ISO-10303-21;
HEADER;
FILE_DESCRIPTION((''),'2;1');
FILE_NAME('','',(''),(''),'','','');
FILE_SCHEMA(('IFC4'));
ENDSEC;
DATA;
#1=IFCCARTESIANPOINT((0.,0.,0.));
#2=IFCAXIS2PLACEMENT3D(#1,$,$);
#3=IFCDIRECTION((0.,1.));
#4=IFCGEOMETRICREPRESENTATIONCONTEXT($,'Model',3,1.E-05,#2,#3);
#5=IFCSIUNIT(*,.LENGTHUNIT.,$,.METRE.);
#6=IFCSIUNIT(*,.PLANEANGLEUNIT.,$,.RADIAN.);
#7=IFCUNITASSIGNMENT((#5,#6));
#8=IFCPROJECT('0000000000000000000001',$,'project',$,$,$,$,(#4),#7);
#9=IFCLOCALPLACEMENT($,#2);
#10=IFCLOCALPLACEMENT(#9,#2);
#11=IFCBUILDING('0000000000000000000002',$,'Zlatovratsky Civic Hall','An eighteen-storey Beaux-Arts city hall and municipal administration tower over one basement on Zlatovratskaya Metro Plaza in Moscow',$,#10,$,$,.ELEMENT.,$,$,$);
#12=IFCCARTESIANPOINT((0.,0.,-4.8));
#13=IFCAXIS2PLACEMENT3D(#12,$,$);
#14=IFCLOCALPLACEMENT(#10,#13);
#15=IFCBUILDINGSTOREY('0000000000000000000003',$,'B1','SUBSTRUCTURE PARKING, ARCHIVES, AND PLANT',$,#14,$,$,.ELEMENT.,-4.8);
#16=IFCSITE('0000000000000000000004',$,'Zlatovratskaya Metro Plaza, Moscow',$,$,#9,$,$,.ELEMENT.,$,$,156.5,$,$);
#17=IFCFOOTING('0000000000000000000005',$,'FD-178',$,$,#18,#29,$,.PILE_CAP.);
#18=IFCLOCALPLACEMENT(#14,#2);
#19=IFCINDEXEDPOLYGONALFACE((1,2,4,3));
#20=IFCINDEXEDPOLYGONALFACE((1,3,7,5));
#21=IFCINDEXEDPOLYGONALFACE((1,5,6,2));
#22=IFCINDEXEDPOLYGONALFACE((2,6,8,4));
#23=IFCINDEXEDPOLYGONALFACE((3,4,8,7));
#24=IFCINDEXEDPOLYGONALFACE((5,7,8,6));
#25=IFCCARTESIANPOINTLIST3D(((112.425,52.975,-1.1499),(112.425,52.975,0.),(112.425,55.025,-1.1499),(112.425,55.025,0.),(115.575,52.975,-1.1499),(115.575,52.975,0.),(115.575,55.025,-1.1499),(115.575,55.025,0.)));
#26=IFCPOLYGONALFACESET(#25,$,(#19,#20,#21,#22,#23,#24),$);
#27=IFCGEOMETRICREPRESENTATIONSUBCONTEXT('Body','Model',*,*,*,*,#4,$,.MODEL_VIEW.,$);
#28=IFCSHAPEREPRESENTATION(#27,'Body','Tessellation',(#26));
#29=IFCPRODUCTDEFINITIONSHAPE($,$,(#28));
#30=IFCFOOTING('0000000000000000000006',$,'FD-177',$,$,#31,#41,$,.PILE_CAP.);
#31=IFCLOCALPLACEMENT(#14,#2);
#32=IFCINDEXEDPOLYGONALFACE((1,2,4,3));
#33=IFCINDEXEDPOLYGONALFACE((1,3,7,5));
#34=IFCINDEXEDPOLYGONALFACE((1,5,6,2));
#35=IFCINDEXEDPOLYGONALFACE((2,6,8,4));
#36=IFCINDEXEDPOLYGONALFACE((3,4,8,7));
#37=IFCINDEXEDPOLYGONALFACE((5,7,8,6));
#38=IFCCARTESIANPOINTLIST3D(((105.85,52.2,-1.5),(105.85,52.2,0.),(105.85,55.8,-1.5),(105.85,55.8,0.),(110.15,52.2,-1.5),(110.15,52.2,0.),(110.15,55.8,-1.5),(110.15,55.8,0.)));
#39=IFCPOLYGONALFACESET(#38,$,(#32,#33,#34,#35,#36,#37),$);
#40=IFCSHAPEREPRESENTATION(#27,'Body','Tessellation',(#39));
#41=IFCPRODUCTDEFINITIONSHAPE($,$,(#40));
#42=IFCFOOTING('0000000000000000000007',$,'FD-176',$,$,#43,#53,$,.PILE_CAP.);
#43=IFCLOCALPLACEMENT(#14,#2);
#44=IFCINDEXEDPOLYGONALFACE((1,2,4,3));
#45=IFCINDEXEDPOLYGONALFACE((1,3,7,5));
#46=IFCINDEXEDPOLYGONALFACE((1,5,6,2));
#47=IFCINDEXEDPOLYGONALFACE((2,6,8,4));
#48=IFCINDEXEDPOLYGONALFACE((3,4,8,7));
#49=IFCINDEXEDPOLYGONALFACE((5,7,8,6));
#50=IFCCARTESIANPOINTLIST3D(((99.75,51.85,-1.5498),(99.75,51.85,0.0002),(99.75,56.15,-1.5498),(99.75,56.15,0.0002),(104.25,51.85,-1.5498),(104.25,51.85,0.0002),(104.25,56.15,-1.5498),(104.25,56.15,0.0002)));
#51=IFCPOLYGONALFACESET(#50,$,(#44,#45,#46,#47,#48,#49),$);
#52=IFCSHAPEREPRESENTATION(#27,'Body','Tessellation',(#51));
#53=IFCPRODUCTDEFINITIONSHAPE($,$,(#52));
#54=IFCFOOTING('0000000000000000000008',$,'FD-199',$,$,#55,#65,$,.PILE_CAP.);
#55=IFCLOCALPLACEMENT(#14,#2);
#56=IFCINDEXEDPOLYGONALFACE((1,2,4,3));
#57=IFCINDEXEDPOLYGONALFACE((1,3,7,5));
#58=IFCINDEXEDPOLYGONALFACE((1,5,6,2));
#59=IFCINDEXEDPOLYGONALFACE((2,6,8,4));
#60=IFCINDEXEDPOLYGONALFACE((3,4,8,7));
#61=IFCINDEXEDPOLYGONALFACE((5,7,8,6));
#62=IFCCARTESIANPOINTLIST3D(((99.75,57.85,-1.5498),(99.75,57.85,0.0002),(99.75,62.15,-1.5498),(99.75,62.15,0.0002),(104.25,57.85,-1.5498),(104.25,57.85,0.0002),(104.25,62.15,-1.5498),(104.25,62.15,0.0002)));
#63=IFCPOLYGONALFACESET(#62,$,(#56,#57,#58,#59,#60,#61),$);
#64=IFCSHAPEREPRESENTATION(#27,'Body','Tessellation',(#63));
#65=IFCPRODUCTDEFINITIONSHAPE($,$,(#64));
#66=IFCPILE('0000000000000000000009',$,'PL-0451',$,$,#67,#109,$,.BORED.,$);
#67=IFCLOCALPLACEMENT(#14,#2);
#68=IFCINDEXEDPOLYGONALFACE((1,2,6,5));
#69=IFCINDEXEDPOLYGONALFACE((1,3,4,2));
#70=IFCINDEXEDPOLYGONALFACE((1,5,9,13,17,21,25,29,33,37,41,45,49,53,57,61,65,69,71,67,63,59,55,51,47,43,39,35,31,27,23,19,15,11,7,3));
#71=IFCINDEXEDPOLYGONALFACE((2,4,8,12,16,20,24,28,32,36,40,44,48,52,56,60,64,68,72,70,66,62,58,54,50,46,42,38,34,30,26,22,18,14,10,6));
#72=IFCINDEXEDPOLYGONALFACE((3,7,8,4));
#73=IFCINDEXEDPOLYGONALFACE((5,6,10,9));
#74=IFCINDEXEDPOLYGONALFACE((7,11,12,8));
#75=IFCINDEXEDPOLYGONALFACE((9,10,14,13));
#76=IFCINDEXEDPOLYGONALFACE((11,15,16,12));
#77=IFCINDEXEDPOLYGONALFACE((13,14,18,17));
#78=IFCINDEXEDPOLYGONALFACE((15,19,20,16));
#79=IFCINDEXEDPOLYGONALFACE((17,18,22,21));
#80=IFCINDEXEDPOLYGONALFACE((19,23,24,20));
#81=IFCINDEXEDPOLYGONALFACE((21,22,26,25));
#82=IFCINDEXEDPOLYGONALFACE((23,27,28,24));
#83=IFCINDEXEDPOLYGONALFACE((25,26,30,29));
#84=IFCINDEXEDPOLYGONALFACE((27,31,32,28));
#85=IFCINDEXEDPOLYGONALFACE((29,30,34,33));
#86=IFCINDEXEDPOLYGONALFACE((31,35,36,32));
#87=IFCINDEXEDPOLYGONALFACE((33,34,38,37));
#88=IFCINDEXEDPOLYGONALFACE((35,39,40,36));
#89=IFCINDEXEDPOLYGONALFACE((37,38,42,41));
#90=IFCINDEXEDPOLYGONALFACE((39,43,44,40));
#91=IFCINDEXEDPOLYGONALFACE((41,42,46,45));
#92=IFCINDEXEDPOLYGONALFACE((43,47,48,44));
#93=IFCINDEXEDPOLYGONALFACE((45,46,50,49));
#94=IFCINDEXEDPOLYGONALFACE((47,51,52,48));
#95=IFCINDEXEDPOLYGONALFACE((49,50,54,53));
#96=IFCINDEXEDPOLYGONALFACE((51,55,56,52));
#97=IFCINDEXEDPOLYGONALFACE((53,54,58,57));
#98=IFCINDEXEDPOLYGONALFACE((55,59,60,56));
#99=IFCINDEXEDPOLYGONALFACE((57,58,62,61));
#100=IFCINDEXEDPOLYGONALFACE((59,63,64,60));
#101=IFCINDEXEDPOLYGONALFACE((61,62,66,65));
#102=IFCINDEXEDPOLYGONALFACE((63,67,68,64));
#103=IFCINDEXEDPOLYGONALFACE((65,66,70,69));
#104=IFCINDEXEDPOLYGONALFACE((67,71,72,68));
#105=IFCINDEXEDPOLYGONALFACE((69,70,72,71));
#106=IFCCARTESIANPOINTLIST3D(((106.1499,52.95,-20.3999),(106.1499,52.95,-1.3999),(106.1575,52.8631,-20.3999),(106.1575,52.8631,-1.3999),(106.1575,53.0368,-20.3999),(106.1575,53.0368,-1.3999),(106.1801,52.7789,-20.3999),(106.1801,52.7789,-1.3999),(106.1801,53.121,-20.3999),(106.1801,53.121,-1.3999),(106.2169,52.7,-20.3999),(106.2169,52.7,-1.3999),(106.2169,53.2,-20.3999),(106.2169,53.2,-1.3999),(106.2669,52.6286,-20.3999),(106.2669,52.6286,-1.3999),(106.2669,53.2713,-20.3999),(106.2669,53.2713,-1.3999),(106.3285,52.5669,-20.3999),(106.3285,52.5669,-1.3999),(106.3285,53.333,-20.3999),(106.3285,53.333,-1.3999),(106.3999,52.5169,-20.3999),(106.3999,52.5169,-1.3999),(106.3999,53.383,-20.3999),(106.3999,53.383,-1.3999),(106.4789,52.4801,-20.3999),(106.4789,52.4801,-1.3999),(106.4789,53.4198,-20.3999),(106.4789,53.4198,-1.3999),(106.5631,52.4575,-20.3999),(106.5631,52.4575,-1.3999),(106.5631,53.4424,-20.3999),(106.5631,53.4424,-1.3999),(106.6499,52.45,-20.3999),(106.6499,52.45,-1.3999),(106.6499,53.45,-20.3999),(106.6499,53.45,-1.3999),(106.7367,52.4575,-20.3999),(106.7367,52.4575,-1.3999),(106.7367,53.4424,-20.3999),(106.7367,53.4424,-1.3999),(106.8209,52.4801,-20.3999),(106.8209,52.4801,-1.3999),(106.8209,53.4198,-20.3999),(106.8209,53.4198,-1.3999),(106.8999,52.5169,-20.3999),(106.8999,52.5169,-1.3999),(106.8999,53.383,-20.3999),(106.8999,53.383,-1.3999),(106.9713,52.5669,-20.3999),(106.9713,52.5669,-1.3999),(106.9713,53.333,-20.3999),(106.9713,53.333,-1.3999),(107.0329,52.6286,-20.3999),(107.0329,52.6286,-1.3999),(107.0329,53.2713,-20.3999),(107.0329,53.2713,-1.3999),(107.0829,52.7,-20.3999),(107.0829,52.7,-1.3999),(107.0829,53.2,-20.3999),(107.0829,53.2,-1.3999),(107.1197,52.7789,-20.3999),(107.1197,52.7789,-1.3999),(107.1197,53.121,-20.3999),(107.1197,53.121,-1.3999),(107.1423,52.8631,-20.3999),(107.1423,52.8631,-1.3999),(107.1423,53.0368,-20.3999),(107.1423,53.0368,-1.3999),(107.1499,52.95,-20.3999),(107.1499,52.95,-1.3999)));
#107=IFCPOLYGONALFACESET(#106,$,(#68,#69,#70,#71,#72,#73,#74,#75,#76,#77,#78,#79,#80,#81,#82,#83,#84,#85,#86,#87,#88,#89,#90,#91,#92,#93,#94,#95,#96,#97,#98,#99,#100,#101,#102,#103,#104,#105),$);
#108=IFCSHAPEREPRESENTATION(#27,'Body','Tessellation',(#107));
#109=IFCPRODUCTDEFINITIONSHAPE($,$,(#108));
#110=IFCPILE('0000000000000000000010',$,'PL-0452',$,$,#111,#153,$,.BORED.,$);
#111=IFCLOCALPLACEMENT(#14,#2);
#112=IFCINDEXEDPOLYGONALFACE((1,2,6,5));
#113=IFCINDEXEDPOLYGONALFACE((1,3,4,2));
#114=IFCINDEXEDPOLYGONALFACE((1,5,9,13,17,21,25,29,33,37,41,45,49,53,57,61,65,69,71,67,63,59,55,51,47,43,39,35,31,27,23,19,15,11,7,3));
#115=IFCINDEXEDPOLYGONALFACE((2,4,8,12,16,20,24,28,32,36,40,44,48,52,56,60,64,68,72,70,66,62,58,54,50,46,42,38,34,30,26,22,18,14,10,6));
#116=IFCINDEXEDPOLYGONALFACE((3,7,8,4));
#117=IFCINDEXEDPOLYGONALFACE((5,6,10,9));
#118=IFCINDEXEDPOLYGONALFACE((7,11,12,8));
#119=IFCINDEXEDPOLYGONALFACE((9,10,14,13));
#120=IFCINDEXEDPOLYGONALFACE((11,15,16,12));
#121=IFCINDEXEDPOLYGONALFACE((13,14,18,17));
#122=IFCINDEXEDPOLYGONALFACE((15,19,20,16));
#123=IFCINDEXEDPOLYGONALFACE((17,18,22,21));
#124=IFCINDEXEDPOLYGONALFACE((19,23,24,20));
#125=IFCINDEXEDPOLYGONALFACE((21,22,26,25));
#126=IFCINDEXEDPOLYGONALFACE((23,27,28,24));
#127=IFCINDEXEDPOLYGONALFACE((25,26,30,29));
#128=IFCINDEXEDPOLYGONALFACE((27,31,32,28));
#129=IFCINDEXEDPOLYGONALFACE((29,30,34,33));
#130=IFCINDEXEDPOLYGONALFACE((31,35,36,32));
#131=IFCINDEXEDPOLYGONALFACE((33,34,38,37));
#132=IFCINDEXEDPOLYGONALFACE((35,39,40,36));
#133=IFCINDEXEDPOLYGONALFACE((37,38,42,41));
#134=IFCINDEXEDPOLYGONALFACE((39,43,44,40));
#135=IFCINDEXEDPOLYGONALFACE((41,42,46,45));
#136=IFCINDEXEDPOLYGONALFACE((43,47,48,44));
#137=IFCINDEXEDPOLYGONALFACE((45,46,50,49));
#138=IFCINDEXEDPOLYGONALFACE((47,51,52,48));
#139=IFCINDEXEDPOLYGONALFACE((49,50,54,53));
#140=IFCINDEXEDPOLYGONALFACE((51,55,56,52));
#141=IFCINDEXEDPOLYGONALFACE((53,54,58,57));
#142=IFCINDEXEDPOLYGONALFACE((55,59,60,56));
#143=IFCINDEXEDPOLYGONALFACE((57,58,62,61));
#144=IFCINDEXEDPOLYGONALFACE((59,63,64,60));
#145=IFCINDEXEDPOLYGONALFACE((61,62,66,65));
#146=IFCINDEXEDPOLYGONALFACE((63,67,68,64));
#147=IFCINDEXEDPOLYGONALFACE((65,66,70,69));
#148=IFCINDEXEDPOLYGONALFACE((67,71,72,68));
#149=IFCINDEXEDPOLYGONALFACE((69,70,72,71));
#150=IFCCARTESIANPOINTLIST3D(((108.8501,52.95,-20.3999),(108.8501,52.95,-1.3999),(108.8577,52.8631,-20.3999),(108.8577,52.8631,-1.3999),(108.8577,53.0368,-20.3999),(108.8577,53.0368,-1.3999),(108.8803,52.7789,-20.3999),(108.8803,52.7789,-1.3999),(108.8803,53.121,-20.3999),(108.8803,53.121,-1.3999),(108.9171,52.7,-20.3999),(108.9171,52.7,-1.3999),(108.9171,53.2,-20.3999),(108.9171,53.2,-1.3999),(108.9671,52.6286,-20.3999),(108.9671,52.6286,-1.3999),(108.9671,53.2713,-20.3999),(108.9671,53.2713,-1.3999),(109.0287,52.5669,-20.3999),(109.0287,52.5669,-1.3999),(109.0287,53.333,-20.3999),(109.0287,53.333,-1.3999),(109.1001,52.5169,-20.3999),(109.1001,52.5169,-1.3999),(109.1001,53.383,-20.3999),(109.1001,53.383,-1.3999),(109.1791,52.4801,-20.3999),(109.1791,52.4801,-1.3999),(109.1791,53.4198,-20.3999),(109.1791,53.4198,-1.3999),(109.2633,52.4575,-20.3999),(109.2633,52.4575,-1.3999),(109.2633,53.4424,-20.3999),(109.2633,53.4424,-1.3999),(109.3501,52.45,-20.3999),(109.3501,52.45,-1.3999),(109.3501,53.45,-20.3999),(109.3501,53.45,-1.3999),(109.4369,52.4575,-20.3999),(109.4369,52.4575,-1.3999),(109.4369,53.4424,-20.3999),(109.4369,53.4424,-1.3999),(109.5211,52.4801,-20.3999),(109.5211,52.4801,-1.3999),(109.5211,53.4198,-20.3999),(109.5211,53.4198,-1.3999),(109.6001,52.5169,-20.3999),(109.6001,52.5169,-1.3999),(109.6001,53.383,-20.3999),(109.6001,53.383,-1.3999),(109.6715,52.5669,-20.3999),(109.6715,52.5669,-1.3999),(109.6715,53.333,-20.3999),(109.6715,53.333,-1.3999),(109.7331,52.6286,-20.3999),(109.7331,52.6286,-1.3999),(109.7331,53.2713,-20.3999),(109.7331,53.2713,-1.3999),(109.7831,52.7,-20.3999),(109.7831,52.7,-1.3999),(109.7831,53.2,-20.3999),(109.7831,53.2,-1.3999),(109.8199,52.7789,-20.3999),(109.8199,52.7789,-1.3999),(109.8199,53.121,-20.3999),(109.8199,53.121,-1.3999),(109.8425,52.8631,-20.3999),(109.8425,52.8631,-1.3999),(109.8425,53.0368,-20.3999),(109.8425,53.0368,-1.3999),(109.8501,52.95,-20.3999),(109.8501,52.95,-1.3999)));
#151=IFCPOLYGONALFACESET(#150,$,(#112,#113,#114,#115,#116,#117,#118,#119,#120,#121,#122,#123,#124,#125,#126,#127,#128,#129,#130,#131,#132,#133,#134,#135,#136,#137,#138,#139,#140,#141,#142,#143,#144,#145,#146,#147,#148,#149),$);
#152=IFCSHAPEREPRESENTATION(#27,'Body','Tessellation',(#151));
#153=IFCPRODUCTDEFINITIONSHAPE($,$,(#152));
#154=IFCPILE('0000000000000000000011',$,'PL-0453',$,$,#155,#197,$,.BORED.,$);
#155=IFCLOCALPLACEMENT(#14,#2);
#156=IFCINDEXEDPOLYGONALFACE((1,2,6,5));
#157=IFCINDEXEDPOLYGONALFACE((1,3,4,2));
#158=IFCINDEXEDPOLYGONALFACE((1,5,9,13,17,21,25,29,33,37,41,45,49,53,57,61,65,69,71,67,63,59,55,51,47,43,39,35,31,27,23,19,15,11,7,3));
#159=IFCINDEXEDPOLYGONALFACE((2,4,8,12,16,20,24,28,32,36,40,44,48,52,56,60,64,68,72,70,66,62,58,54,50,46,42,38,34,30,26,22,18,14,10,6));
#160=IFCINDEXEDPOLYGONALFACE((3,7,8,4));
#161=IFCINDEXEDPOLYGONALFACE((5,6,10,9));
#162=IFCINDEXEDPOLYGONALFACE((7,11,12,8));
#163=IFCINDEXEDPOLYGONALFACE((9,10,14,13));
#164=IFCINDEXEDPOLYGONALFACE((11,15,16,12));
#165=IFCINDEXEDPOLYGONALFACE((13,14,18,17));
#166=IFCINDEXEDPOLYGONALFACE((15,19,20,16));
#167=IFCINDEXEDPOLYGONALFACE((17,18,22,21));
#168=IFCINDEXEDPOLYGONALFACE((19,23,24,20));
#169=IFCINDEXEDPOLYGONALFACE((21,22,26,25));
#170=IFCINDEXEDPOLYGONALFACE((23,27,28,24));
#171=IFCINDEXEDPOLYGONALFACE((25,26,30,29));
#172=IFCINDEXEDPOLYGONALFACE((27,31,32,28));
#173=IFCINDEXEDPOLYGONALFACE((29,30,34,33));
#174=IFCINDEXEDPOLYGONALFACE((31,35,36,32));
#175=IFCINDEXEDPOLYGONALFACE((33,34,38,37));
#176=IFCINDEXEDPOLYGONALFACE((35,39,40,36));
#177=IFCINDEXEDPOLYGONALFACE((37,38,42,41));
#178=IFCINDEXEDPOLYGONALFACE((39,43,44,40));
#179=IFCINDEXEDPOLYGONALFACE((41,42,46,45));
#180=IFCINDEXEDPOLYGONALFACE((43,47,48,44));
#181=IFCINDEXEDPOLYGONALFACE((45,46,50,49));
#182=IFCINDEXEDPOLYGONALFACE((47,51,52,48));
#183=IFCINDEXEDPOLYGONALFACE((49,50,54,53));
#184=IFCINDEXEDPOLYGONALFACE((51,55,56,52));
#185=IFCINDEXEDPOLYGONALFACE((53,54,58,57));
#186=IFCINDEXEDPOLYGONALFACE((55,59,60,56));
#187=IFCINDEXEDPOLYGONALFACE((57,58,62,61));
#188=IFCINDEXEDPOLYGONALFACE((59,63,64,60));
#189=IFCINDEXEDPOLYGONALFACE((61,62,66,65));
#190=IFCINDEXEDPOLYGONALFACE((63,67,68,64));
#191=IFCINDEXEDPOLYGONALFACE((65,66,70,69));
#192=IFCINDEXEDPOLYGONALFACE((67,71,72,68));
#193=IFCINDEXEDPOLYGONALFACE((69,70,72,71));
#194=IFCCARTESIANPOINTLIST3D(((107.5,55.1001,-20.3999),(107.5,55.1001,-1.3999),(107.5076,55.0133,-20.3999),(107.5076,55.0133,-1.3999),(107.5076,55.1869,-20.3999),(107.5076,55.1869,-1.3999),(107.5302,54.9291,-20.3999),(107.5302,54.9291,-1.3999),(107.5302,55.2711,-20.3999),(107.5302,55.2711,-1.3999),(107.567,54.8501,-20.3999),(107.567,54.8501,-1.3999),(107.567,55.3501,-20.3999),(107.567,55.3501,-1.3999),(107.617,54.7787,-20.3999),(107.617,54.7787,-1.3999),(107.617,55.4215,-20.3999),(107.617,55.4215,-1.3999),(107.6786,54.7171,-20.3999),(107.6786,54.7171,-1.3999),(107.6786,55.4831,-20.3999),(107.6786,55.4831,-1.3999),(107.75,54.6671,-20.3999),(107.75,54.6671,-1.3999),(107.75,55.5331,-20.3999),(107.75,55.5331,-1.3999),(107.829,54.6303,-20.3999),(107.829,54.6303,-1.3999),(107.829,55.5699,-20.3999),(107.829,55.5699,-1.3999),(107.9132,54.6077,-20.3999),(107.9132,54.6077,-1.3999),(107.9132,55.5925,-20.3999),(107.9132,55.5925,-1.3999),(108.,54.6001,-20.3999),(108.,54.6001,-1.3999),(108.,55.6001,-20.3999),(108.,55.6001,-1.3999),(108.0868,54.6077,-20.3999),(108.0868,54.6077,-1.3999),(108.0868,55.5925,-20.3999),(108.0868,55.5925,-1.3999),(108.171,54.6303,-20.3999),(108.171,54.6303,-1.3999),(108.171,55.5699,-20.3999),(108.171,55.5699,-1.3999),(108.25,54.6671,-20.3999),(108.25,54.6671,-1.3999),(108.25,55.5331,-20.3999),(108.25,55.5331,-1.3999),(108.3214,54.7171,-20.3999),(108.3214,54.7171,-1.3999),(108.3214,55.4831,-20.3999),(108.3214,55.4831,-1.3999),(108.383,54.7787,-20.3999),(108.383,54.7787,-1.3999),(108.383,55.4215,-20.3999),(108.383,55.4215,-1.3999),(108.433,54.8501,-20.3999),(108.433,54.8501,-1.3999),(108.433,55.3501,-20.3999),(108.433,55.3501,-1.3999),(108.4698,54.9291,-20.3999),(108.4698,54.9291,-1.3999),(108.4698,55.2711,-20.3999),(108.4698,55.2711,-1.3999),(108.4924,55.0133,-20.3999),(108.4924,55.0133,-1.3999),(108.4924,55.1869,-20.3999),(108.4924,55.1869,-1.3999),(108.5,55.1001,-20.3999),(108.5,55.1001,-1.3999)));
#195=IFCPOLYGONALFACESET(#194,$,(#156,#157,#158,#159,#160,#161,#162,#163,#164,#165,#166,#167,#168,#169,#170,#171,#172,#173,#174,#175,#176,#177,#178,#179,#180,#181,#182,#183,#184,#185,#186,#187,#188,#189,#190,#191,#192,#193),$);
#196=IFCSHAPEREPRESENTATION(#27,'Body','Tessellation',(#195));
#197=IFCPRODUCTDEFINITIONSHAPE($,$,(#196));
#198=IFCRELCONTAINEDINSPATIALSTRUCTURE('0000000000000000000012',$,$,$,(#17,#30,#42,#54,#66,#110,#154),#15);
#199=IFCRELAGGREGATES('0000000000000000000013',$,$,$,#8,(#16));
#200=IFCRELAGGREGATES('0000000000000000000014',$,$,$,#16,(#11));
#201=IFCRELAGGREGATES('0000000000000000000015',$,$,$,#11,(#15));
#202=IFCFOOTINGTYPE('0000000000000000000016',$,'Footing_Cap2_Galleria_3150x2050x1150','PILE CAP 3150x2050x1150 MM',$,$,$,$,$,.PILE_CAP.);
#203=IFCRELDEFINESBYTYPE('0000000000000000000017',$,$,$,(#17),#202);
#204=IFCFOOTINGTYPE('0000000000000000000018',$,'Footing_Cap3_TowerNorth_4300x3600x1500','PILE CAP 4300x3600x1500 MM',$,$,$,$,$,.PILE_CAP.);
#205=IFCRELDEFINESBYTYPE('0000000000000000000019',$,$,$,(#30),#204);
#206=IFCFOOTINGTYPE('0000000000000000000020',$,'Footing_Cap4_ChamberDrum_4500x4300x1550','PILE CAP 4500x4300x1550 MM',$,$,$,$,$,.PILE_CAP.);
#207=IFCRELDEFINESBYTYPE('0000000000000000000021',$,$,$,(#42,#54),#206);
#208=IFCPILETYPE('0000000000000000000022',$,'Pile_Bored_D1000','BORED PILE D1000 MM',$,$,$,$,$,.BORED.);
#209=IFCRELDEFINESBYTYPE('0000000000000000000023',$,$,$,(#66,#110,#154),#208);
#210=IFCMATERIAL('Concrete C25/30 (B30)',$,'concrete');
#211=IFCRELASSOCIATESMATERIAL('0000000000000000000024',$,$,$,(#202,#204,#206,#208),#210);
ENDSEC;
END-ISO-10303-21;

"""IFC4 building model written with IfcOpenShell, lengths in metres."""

from ifc_helpers import new_model, si_unit, direction, frame, origin, origin_2d, place, context, subcontext, project, spatial, rectangle, circle, extrude, material, material_profile, profile_set, type_object, element, save


model = new_model("IFC4")

# Units and contexts
model_context = context("Model", 3, precision=1e-05, world=origin(), true_north=direction((0.0, 1.0)))
body_context = subcontext(model_context, "Body", "Model", "MODEL_VIEW")
ifc_project = project(units=[si_unit("LENGTHUNIT", "METRE"), si_unit("PLANEANGLEUNIT", "RADIAN")], contexts=[model_context])

# Site, building, storey
site_placement = place(None, origin())
site = spatial("IfcSite", under=ifc_project, at=site_placement, Name="Zlatovratskaya Metro Plaza, Moscow", CompositionType="ELEMENT", RefElevation=156.5)
building_placement = place(site_placement, origin())
building = spatial("IfcBuilding", under=site, at=building_placement, Name="Zlatovratsky Civic Hall", Description="An eighteen-storey Beaux-Arts city hall and municipal administration tower over one basement on Zlatovratskaya Metro Plaza in Moscow", CompositionType="ELEMENT")
storey_placement = place(building_placement, frame((0.0, 0.0, -4.8)))
storey = spatial("IfcBuildingStorey", under=building, at=storey_placement, Name="B1", Description="SUBSTRUCTURE PARKING, ARCHIVES, AND PLANT", CompositionType="ELEMENT", Elevation=-4.8)

# Footings
ifc_material_1 = material(Name="Concrete C25/30 (B30)", Category="concrete")
footing_type_1 = type_object("IfcFootingType", Name="Footing_Cap2_Galleria_3150x2050x1150", Description="PILE CAP 3150x2050x1150 MM", PredefinedType="PILE_CAP", material=ifc_material_1)
footing_1_placement = place(storey_placement, frame((114.0, 54.0, -1.1499), z_axis=(0.0, 0.0, 1.0), x_axis=(1.0, 0.0, 0.0)))
element("IfcFooting", 1, at=footing_1_placement, inside=storey, type_object=footing_type_1, Name="FD-178", PredefinedType="PILE_CAP", context=body_context, shape_type="SweptSolid", body=[
    extrude(rectangle(XDim=3.1499, YDim=2.05, at=origin_2d()), origin(), (0.0, 0.0, 1.0), 1.1499),
])
footing_type_2 = type_object("IfcFootingType", Name="Footing_Cap3_TowerNorth_4300x3600x1500", Description="PILE CAP 4300x3600x1500 MM", PredefinedType="PILE_CAP", material=ifc_material_1)
footing_2_placement = place(storey_placement, frame((108.0, 54.0, -1.5), z_axis=(0.0, 0.0, 1.0), x_axis=(1.0, 0.0, 0.0)))
element("IfcFooting", 2, at=footing_2_placement, inside=storey, type_object=footing_type_2, Name="FD-177", PredefinedType="PILE_CAP", context=body_context, shape_type="SweptSolid", body=[
    extrude(rectangle(XDim=4.3, YDim=3.6001, at=origin_2d()), origin(), (0.0, 0.0, 1.0), 1.5),
])
footing_type_3 = type_object("IfcFootingType", Name="Footing_Cap4_ChamberDrum_4500x4300x1550", Description="PILE CAP 4500x4300x1550 MM", PredefinedType="PILE_CAP", material=ifc_material_1)
for number, where, z_axis, x_axis, name in (
    (3, (102.0, 54.0, -1.5498), (0.0, 0.0, 1.0), (1.0, 0.0, 0.0), "FD-176"),
    (4, (102.0, 60.0, -1.5498), (0.0, 0.0, 1.0), (1.0, 0.0, 0.0), "FD-199"),
):
    element("IfcFooting", number, at=place(storey_placement, frame(where, z_axis=z_axis, x_axis=x_axis)), inside=storey, type_object=footing_type_3, Name=name, PredefinedType="PILE_CAP", context=body_context, shape_type="SweptSolid", body=[
        extrude(rectangle(XDim=4.5, YDim=4.3, at=origin_2d()), origin(), (0.0, 0.0, 1.0), 1.55),
    ])

# Piles
ifc_material_profile_1 = material_profile(ifc_material_1, circle(Radius=0.5, at=origin_2d()), Name="PILE D1000")
ifc_profile_set_1 = profile_set([ifc_material_profile_1], Name="Concrete C25/30 (B30)")
pile_type_1 = type_object("IfcPileType", Name="Pile_Bored_D1000", Description="BORED PILE D1000 MM", PredefinedType="BORED", material=ifc_profile_set_1)
for number, where, z_axis, x_axis, name in (
    (5, (106.6499, 52.95, -1.3999), (0.0, 0.0, -1.0), (1.0, 0.0, 0.0), "PL-0451"),
    (6, (109.3501, 52.95, -1.3999), (0.0, 0.0, -1.0), (1.0, 0.0, 0.0), "PL-0452"),
    (7, (108.0, 55.1001, -1.3999), (0.0, 0.0, -1.0), (1.0, 0.0, 0.0), "PL-0453"),
):
    element("IfcPile", number, at=place(storey_placement, frame(where, z_axis=z_axis, x_axis=x_axis)), inside=storey, type_object=pile_type_1, Name=name, PredefinedType="BORED", context=body_context, shape_type="SweptSolid", body=[
        extrude(circle(Radius=0.5, at=origin_2d()), origin(), (0.0, 0.0, 1.0), 19.0),
    ])

save(model, "model.ifc")
